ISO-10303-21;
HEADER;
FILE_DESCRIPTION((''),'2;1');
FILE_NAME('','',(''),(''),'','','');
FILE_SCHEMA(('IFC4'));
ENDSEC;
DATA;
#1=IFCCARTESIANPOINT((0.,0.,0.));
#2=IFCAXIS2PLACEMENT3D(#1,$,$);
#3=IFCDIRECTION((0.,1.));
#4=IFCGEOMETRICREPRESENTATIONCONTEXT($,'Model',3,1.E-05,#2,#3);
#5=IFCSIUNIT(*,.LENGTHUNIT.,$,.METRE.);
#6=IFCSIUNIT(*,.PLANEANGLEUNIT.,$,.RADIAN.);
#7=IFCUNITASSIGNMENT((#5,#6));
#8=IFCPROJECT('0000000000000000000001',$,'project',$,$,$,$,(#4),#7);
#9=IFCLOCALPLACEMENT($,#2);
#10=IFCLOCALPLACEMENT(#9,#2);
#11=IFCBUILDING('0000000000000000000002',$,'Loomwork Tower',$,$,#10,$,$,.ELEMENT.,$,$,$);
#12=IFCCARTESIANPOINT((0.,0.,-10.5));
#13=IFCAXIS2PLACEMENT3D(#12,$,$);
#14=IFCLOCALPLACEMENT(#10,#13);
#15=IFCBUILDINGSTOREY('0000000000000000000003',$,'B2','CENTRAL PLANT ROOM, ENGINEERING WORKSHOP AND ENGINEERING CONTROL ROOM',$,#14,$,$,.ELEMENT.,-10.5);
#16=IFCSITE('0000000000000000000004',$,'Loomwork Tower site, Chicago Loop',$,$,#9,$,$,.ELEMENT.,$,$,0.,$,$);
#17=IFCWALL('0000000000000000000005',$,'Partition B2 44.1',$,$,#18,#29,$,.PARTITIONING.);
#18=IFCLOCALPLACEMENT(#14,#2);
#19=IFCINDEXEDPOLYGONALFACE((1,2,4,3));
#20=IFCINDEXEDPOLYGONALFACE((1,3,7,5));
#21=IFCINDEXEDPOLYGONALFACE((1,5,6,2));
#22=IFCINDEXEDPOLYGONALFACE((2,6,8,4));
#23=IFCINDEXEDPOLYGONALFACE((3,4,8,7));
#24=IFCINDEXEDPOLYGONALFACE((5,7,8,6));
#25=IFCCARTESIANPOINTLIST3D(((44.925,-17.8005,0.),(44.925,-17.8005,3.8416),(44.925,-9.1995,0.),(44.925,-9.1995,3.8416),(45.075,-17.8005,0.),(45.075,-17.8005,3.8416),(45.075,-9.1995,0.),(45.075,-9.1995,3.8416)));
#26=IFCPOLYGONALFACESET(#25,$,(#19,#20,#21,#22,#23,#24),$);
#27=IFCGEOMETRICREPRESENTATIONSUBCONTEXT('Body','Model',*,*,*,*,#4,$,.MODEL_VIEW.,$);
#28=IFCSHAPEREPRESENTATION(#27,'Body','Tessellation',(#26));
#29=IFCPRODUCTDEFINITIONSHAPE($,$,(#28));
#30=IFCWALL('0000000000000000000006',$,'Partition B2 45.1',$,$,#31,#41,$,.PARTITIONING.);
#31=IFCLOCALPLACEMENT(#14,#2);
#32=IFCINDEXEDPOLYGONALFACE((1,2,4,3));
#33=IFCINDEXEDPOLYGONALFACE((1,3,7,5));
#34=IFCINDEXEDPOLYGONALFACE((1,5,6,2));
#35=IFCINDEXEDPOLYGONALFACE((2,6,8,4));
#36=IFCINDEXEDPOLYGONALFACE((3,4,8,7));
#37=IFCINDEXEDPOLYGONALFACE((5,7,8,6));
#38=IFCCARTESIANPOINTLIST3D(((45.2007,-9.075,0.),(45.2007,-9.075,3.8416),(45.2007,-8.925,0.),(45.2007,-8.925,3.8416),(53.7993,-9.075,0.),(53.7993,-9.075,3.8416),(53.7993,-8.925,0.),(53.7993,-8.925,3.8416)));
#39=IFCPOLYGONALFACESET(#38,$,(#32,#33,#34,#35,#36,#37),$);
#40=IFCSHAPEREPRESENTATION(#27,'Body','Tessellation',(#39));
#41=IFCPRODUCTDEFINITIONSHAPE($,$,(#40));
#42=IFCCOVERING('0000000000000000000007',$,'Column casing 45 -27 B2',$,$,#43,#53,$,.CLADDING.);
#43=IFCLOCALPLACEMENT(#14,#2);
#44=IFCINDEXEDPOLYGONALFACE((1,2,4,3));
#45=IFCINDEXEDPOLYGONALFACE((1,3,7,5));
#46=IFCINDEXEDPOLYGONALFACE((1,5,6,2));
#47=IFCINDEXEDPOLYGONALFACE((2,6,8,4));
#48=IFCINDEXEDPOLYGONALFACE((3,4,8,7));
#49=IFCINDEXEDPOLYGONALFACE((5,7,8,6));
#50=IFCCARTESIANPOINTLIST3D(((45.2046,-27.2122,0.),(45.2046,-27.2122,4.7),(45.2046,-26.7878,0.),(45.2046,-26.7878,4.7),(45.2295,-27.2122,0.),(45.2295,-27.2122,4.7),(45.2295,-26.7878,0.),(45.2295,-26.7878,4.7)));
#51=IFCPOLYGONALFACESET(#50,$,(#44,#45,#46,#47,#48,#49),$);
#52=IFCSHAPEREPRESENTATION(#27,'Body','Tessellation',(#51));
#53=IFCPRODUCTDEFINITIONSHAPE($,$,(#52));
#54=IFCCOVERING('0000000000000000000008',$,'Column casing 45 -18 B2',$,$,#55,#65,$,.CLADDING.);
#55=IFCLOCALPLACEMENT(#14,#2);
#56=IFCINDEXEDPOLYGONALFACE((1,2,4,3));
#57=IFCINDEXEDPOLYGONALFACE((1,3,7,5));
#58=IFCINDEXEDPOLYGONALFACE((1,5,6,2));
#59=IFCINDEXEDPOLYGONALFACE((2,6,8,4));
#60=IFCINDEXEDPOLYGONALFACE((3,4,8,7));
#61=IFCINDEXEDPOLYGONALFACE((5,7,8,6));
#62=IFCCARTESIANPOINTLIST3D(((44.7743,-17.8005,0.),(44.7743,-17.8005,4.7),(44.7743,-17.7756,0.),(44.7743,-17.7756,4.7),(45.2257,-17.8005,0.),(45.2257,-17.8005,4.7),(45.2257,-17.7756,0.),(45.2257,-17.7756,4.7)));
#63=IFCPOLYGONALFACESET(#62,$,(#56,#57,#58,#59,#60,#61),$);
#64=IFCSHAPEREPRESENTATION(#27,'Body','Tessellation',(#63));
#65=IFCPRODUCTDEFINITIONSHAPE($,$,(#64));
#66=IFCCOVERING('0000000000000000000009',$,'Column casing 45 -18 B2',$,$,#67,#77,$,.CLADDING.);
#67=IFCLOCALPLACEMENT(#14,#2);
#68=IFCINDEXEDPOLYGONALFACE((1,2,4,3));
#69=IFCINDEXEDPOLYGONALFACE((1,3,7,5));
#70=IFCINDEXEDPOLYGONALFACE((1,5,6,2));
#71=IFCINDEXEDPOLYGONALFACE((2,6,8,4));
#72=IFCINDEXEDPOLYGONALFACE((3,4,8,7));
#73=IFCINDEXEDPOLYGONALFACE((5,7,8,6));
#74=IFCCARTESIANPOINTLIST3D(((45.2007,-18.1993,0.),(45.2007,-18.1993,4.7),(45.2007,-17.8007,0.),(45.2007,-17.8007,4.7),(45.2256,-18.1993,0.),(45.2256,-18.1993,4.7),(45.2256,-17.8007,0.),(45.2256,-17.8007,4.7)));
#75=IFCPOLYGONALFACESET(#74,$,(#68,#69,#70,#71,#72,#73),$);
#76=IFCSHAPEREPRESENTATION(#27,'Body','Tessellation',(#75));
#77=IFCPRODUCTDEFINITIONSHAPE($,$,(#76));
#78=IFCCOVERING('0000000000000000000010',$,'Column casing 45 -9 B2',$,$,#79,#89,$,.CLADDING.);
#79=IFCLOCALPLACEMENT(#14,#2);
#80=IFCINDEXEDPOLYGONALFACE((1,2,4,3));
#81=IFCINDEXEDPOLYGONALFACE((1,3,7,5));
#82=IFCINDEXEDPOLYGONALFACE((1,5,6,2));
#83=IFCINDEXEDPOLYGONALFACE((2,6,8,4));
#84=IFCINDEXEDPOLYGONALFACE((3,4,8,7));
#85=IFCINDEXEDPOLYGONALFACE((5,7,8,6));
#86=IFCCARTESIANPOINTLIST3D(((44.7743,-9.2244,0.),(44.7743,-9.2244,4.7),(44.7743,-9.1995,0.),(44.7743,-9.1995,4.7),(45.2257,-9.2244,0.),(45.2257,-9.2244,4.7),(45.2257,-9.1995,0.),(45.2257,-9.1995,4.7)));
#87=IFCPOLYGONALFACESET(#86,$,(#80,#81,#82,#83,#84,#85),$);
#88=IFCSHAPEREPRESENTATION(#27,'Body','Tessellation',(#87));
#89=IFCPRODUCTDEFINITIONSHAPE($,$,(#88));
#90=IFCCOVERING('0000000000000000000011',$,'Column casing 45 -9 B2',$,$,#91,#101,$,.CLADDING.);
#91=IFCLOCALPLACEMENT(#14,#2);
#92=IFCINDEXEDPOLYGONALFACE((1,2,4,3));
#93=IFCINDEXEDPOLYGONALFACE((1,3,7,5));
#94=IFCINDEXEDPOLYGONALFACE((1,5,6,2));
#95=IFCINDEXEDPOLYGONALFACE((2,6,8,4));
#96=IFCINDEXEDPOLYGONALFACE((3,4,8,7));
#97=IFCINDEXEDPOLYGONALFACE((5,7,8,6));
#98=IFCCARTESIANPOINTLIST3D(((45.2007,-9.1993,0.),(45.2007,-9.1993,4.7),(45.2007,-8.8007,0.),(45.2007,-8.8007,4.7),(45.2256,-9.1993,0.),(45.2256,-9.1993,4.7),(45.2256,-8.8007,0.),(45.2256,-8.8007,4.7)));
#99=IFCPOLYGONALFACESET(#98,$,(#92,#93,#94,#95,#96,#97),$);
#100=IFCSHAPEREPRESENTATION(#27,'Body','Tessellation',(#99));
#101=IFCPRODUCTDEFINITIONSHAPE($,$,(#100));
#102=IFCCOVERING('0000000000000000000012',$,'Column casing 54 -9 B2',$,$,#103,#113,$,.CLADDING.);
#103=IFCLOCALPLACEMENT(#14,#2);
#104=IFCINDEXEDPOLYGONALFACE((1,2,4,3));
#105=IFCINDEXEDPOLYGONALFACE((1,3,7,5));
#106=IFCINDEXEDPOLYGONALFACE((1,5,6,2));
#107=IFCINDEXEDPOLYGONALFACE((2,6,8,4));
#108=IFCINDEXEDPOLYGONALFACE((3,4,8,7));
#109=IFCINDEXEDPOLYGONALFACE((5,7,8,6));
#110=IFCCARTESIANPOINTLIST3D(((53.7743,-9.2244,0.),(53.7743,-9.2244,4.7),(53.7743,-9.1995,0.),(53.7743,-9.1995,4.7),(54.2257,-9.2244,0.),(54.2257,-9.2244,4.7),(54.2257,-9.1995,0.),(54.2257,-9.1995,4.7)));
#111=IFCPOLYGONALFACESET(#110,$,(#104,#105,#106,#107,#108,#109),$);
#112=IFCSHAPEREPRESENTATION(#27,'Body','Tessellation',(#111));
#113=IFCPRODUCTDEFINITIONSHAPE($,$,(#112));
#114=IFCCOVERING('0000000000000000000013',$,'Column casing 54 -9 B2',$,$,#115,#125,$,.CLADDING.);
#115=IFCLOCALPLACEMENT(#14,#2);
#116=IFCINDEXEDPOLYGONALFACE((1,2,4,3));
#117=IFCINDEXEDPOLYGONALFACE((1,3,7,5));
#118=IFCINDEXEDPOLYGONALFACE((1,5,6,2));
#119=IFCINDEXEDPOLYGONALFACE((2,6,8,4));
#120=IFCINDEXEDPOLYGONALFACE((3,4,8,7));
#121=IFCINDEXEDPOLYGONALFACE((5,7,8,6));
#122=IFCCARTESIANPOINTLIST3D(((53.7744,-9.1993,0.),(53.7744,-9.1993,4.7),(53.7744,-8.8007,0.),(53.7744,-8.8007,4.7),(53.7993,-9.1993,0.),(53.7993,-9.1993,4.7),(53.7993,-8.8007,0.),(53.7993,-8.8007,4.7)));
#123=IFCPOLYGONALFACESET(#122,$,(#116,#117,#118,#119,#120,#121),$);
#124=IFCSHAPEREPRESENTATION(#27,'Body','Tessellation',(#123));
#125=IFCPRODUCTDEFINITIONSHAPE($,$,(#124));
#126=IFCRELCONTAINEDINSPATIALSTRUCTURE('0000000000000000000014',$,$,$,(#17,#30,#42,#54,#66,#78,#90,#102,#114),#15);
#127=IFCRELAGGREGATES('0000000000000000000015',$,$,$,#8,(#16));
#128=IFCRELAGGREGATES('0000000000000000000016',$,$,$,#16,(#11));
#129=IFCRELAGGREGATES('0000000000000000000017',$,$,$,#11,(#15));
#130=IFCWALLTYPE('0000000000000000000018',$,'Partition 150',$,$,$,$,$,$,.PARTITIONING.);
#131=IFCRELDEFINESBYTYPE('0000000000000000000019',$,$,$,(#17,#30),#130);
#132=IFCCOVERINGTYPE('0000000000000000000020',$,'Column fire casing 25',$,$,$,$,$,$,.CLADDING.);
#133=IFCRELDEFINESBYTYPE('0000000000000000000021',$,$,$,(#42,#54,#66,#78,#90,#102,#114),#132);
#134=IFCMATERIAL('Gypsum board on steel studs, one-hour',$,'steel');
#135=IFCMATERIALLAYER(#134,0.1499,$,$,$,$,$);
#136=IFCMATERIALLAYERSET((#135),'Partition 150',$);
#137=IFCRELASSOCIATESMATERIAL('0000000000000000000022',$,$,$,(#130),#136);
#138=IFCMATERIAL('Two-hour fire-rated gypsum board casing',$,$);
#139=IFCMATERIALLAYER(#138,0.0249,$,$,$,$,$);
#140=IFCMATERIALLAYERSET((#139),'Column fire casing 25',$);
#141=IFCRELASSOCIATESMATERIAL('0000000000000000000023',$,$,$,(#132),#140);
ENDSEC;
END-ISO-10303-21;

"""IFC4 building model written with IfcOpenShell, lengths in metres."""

from ifc_helpers import new_model, si_unit, direction, frame, frame_2d, origin, origin_2d, place, context, subcontext, project, spatial, rectangle, extrude, material, layer, layer_set, type_object, element, save


model = new_model("IFC4")

# Units and contexts
model_context = context("Model", 3, precision=1e-05, world=origin(), true_north=direction((0.0, 1.0)))
body_context = subcontext(model_context, "Body", "Model", "MODEL_VIEW")
ifc_project = project(units=[si_unit("LENGTHUNIT", "METRE"), si_unit("PLANEANGLEUNIT", "RADIAN")], contexts=[model_context])

# Site, building, storey
site_placement = place(None, origin())
site = spatial("IfcSite", under=ifc_project, at=site_placement, Name="Loomwork Tower site, Chicago Loop", CompositionType="ELEMENT", RefElevation=0.0)
building_placement = place(site_placement, origin())
building = spatial("IfcBuilding", under=site, at=building_placement, Name="Loomwork Tower", CompositionType="ELEMENT")
storey_placement = place(building_placement, frame((0.0, 0.0, -10.5)))
storey = spatial("IfcBuildingStorey", under=building, at=storey_placement, Name="B2", Description="CENTRAL PLANT ROOM, ENGINEERING WORKSHOP AND ENGINEERING CONTROL ROOM", CompositionType="ELEMENT", Elevation=-10.5)

# Walls
ifc_material_1 = material(Name="Gypsum board on steel studs, one-hour", Category="steel")
ifc_layer_1 = layer(ifc_material_1, 0.1499)
ifc_layer_set_1 = layer_set([ifc_layer_1], Name="Partition 150")
wall_type = type_object("IfcWallType", Name="Partition 150", PredefinedType="PARTITIONING", material=ifc_layer_set_1)
wall_1_placement = place(storey_placement, frame((45.0, -9.1995, 0.0), z_axis=(0.0, 0.0, 1.0), x_axis=(0.0, -1.0, 0.0)))
element("IfcWall", 1, at=wall_1_placement, inside=storey, type_object=wall_type, Name="Partition B2 44.1", PredefinedType="PARTITIONING", context=body_context, shape_type="SweptSolid", body=[
    extrude(rectangle(XDim=8.6011, YDim=0.1499, at=frame_2d((4.3005, 0.0))), origin(), (0.0, 0.0, 1.0), 3.8416),
])
wall_2_placement = place(storey_placement, frame((45.2007, -9.0, 0.0), z_axis=(0.0, 0.0, 1.0), x_axis=(1.0, 0.0, 0.0)))
element("IfcWall", 2, at=wall_2_placement, inside=storey, type_object=wall_type, Name="Partition B2 45.1", PredefinedType="PARTITIONING", context=body_context, shape_type="SweptSolid", body=[
    extrude(rectangle(XDim=8.5986, YDim=0.1499, at=frame_2d((4.2993, 0.0))), origin(), (0.0, 0.0, 1.0), 3.8416),
])

# Coverings
ifc_material_2 = material(Name="Two-hour fire-rated gypsum board casing")
ifc_layer_2 = layer(ifc_material_2, 0.0249)
ifc_layer_set_2 = layer_set([ifc_layer_2], Name="Column fire casing 25")
covering_type = type_object("IfcCoveringType", Name="Column fire casing 25", PredefinedType="CLADDING", material=ifc_layer_set_2)
covering_1_placement = place(storey_placement, frame((45.217, -27.0, 0.0), z_axis=(0.0, 0.0, 1.0), x_axis=(1.0, 0.0, 0.0)))
element("IfcCovering", 3, at=covering_1_placement, inside=storey, type_object=covering_type, Name="Column casing 45 -27 B2", PredefinedType="CLADDING", context=body_context, shape_type="SweptSolid", body=[
    extrude(rectangle(XDim=0.0249, YDim=0.4243, at=origin_2d()), origin(), (0.0, 0.0, 1.0), 4.7),
])
covering_2_placement = place(storey_placement, frame((45.0, -17.7881, 0.0), z_axis=(0.0, 0.0, 1.0), x_axis=(1.0, 0.0, 0.0)))
element("IfcCovering", 4, at=covering_2_placement, inside=storey, type_object=covering_type, Name="Column casing 45 -18 B2", PredefinedType="CLADDING", context=body_context, shape_type="SweptSolid", body=[
    extrude(rectangle(XDim=0.4514, YDim=0.0249, at=origin_2d()), origin(), (0.0, 0.0, 1.0), 4.7),
])
covering_3_placement = place(storey_placement, frame((45.2131, -18.0, 0.0), z_axis=(0.0, 0.0, 1.0), x_axis=(1.0, 0.0, 0.0)))
element("IfcCovering", 5, at=covering_3_placement, inside=storey, type_object=covering_type, Name="Column casing 45 -18 B2", PredefinedType="CLADDING", context=body_context, shape_type="SweptSolid", body=[
    extrude(rectangle(XDim=0.0249, YDim=0.3987, at=origin_2d()), origin(), (0.0, 0.0, 1.0), 4.7),
])
covering_4_placement = place(storey_placement, frame((45.0, -9.2119, 0.0), z_axis=(0.0, 0.0, 1.0), x_axis=(1.0, 0.0, 0.0)))
element("IfcCovering", 6, at=covering_4_placement, inside=storey, type_object=covering_type, Name="Column casing 45 -9 B2", PredefinedType="CLADDING", context=body_context, shape_type="SweptSolid", body=[
    extrude(rectangle(XDim=0.4514, YDim=0.0249, at=origin_2d()), origin(), (0.0, 0.0, 1.0), 4.7),
])
covering_5_placement = place(storey_placement, frame((45.2131, -9.0, 0.0), z_axis=(0.0, 0.0, 1.0), x_axis=(1.0, 0.0, 0.0)))
element("IfcCovering", 7, at=covering_5_placement, inside=storey, type_object=covering_type, Name="Column casing 45 -9 B2", PredefinedType="CLADDING", context=body_context, shape_type="SweptSolid", body=[
    extrude(rectangle(XDim=0.0249, YDim=0.3987, at=origin_2d()), origin(), (0.0, 0.0, 1.0), 4.7),
])
covering_6_placement = place(storey_placement, frame((54.0, -9.2119, 0.0), z_axis=(0.0, 0.0, 1.0), x_axis=(1.0, 0.0, 0.0)))
element("IfcCovering", 8, at=covering_6_placement, inside=storey, type_object=covering_type, Name="Column casing 54 -9 B2", PredefinedType="CLADDING", context=body_context, shape_type="SweptSolid", body=[
    extrude(rectangle(XDim=0.4514, YDim=0.0249, at=origin_2d()), origin(), (0.0, 0.0, 1.0), 4.7),
])
covering_7_placement = place(storey_placement, frame((53.7869, -9.0, 0.0), z_axis=(0.0, 0.0, 1.0), x_axis=(1.0, 0.0, 0.0)))
element("IfcCovering", 9, at=covering_7_placement, inside=storey, type_object=covering_type, Name="Column casing 54 -9 B2", PredefinedType="CLADDING", context=body_context, shape_type="SweptSolid", body=[
    extrude(rectangle(XDim=0.0249, YDim=0.3987, at=origin_2d()), origin(), (0.0, 0.0, 1.0), 4.7),
])

save(model, "model.ifc")
